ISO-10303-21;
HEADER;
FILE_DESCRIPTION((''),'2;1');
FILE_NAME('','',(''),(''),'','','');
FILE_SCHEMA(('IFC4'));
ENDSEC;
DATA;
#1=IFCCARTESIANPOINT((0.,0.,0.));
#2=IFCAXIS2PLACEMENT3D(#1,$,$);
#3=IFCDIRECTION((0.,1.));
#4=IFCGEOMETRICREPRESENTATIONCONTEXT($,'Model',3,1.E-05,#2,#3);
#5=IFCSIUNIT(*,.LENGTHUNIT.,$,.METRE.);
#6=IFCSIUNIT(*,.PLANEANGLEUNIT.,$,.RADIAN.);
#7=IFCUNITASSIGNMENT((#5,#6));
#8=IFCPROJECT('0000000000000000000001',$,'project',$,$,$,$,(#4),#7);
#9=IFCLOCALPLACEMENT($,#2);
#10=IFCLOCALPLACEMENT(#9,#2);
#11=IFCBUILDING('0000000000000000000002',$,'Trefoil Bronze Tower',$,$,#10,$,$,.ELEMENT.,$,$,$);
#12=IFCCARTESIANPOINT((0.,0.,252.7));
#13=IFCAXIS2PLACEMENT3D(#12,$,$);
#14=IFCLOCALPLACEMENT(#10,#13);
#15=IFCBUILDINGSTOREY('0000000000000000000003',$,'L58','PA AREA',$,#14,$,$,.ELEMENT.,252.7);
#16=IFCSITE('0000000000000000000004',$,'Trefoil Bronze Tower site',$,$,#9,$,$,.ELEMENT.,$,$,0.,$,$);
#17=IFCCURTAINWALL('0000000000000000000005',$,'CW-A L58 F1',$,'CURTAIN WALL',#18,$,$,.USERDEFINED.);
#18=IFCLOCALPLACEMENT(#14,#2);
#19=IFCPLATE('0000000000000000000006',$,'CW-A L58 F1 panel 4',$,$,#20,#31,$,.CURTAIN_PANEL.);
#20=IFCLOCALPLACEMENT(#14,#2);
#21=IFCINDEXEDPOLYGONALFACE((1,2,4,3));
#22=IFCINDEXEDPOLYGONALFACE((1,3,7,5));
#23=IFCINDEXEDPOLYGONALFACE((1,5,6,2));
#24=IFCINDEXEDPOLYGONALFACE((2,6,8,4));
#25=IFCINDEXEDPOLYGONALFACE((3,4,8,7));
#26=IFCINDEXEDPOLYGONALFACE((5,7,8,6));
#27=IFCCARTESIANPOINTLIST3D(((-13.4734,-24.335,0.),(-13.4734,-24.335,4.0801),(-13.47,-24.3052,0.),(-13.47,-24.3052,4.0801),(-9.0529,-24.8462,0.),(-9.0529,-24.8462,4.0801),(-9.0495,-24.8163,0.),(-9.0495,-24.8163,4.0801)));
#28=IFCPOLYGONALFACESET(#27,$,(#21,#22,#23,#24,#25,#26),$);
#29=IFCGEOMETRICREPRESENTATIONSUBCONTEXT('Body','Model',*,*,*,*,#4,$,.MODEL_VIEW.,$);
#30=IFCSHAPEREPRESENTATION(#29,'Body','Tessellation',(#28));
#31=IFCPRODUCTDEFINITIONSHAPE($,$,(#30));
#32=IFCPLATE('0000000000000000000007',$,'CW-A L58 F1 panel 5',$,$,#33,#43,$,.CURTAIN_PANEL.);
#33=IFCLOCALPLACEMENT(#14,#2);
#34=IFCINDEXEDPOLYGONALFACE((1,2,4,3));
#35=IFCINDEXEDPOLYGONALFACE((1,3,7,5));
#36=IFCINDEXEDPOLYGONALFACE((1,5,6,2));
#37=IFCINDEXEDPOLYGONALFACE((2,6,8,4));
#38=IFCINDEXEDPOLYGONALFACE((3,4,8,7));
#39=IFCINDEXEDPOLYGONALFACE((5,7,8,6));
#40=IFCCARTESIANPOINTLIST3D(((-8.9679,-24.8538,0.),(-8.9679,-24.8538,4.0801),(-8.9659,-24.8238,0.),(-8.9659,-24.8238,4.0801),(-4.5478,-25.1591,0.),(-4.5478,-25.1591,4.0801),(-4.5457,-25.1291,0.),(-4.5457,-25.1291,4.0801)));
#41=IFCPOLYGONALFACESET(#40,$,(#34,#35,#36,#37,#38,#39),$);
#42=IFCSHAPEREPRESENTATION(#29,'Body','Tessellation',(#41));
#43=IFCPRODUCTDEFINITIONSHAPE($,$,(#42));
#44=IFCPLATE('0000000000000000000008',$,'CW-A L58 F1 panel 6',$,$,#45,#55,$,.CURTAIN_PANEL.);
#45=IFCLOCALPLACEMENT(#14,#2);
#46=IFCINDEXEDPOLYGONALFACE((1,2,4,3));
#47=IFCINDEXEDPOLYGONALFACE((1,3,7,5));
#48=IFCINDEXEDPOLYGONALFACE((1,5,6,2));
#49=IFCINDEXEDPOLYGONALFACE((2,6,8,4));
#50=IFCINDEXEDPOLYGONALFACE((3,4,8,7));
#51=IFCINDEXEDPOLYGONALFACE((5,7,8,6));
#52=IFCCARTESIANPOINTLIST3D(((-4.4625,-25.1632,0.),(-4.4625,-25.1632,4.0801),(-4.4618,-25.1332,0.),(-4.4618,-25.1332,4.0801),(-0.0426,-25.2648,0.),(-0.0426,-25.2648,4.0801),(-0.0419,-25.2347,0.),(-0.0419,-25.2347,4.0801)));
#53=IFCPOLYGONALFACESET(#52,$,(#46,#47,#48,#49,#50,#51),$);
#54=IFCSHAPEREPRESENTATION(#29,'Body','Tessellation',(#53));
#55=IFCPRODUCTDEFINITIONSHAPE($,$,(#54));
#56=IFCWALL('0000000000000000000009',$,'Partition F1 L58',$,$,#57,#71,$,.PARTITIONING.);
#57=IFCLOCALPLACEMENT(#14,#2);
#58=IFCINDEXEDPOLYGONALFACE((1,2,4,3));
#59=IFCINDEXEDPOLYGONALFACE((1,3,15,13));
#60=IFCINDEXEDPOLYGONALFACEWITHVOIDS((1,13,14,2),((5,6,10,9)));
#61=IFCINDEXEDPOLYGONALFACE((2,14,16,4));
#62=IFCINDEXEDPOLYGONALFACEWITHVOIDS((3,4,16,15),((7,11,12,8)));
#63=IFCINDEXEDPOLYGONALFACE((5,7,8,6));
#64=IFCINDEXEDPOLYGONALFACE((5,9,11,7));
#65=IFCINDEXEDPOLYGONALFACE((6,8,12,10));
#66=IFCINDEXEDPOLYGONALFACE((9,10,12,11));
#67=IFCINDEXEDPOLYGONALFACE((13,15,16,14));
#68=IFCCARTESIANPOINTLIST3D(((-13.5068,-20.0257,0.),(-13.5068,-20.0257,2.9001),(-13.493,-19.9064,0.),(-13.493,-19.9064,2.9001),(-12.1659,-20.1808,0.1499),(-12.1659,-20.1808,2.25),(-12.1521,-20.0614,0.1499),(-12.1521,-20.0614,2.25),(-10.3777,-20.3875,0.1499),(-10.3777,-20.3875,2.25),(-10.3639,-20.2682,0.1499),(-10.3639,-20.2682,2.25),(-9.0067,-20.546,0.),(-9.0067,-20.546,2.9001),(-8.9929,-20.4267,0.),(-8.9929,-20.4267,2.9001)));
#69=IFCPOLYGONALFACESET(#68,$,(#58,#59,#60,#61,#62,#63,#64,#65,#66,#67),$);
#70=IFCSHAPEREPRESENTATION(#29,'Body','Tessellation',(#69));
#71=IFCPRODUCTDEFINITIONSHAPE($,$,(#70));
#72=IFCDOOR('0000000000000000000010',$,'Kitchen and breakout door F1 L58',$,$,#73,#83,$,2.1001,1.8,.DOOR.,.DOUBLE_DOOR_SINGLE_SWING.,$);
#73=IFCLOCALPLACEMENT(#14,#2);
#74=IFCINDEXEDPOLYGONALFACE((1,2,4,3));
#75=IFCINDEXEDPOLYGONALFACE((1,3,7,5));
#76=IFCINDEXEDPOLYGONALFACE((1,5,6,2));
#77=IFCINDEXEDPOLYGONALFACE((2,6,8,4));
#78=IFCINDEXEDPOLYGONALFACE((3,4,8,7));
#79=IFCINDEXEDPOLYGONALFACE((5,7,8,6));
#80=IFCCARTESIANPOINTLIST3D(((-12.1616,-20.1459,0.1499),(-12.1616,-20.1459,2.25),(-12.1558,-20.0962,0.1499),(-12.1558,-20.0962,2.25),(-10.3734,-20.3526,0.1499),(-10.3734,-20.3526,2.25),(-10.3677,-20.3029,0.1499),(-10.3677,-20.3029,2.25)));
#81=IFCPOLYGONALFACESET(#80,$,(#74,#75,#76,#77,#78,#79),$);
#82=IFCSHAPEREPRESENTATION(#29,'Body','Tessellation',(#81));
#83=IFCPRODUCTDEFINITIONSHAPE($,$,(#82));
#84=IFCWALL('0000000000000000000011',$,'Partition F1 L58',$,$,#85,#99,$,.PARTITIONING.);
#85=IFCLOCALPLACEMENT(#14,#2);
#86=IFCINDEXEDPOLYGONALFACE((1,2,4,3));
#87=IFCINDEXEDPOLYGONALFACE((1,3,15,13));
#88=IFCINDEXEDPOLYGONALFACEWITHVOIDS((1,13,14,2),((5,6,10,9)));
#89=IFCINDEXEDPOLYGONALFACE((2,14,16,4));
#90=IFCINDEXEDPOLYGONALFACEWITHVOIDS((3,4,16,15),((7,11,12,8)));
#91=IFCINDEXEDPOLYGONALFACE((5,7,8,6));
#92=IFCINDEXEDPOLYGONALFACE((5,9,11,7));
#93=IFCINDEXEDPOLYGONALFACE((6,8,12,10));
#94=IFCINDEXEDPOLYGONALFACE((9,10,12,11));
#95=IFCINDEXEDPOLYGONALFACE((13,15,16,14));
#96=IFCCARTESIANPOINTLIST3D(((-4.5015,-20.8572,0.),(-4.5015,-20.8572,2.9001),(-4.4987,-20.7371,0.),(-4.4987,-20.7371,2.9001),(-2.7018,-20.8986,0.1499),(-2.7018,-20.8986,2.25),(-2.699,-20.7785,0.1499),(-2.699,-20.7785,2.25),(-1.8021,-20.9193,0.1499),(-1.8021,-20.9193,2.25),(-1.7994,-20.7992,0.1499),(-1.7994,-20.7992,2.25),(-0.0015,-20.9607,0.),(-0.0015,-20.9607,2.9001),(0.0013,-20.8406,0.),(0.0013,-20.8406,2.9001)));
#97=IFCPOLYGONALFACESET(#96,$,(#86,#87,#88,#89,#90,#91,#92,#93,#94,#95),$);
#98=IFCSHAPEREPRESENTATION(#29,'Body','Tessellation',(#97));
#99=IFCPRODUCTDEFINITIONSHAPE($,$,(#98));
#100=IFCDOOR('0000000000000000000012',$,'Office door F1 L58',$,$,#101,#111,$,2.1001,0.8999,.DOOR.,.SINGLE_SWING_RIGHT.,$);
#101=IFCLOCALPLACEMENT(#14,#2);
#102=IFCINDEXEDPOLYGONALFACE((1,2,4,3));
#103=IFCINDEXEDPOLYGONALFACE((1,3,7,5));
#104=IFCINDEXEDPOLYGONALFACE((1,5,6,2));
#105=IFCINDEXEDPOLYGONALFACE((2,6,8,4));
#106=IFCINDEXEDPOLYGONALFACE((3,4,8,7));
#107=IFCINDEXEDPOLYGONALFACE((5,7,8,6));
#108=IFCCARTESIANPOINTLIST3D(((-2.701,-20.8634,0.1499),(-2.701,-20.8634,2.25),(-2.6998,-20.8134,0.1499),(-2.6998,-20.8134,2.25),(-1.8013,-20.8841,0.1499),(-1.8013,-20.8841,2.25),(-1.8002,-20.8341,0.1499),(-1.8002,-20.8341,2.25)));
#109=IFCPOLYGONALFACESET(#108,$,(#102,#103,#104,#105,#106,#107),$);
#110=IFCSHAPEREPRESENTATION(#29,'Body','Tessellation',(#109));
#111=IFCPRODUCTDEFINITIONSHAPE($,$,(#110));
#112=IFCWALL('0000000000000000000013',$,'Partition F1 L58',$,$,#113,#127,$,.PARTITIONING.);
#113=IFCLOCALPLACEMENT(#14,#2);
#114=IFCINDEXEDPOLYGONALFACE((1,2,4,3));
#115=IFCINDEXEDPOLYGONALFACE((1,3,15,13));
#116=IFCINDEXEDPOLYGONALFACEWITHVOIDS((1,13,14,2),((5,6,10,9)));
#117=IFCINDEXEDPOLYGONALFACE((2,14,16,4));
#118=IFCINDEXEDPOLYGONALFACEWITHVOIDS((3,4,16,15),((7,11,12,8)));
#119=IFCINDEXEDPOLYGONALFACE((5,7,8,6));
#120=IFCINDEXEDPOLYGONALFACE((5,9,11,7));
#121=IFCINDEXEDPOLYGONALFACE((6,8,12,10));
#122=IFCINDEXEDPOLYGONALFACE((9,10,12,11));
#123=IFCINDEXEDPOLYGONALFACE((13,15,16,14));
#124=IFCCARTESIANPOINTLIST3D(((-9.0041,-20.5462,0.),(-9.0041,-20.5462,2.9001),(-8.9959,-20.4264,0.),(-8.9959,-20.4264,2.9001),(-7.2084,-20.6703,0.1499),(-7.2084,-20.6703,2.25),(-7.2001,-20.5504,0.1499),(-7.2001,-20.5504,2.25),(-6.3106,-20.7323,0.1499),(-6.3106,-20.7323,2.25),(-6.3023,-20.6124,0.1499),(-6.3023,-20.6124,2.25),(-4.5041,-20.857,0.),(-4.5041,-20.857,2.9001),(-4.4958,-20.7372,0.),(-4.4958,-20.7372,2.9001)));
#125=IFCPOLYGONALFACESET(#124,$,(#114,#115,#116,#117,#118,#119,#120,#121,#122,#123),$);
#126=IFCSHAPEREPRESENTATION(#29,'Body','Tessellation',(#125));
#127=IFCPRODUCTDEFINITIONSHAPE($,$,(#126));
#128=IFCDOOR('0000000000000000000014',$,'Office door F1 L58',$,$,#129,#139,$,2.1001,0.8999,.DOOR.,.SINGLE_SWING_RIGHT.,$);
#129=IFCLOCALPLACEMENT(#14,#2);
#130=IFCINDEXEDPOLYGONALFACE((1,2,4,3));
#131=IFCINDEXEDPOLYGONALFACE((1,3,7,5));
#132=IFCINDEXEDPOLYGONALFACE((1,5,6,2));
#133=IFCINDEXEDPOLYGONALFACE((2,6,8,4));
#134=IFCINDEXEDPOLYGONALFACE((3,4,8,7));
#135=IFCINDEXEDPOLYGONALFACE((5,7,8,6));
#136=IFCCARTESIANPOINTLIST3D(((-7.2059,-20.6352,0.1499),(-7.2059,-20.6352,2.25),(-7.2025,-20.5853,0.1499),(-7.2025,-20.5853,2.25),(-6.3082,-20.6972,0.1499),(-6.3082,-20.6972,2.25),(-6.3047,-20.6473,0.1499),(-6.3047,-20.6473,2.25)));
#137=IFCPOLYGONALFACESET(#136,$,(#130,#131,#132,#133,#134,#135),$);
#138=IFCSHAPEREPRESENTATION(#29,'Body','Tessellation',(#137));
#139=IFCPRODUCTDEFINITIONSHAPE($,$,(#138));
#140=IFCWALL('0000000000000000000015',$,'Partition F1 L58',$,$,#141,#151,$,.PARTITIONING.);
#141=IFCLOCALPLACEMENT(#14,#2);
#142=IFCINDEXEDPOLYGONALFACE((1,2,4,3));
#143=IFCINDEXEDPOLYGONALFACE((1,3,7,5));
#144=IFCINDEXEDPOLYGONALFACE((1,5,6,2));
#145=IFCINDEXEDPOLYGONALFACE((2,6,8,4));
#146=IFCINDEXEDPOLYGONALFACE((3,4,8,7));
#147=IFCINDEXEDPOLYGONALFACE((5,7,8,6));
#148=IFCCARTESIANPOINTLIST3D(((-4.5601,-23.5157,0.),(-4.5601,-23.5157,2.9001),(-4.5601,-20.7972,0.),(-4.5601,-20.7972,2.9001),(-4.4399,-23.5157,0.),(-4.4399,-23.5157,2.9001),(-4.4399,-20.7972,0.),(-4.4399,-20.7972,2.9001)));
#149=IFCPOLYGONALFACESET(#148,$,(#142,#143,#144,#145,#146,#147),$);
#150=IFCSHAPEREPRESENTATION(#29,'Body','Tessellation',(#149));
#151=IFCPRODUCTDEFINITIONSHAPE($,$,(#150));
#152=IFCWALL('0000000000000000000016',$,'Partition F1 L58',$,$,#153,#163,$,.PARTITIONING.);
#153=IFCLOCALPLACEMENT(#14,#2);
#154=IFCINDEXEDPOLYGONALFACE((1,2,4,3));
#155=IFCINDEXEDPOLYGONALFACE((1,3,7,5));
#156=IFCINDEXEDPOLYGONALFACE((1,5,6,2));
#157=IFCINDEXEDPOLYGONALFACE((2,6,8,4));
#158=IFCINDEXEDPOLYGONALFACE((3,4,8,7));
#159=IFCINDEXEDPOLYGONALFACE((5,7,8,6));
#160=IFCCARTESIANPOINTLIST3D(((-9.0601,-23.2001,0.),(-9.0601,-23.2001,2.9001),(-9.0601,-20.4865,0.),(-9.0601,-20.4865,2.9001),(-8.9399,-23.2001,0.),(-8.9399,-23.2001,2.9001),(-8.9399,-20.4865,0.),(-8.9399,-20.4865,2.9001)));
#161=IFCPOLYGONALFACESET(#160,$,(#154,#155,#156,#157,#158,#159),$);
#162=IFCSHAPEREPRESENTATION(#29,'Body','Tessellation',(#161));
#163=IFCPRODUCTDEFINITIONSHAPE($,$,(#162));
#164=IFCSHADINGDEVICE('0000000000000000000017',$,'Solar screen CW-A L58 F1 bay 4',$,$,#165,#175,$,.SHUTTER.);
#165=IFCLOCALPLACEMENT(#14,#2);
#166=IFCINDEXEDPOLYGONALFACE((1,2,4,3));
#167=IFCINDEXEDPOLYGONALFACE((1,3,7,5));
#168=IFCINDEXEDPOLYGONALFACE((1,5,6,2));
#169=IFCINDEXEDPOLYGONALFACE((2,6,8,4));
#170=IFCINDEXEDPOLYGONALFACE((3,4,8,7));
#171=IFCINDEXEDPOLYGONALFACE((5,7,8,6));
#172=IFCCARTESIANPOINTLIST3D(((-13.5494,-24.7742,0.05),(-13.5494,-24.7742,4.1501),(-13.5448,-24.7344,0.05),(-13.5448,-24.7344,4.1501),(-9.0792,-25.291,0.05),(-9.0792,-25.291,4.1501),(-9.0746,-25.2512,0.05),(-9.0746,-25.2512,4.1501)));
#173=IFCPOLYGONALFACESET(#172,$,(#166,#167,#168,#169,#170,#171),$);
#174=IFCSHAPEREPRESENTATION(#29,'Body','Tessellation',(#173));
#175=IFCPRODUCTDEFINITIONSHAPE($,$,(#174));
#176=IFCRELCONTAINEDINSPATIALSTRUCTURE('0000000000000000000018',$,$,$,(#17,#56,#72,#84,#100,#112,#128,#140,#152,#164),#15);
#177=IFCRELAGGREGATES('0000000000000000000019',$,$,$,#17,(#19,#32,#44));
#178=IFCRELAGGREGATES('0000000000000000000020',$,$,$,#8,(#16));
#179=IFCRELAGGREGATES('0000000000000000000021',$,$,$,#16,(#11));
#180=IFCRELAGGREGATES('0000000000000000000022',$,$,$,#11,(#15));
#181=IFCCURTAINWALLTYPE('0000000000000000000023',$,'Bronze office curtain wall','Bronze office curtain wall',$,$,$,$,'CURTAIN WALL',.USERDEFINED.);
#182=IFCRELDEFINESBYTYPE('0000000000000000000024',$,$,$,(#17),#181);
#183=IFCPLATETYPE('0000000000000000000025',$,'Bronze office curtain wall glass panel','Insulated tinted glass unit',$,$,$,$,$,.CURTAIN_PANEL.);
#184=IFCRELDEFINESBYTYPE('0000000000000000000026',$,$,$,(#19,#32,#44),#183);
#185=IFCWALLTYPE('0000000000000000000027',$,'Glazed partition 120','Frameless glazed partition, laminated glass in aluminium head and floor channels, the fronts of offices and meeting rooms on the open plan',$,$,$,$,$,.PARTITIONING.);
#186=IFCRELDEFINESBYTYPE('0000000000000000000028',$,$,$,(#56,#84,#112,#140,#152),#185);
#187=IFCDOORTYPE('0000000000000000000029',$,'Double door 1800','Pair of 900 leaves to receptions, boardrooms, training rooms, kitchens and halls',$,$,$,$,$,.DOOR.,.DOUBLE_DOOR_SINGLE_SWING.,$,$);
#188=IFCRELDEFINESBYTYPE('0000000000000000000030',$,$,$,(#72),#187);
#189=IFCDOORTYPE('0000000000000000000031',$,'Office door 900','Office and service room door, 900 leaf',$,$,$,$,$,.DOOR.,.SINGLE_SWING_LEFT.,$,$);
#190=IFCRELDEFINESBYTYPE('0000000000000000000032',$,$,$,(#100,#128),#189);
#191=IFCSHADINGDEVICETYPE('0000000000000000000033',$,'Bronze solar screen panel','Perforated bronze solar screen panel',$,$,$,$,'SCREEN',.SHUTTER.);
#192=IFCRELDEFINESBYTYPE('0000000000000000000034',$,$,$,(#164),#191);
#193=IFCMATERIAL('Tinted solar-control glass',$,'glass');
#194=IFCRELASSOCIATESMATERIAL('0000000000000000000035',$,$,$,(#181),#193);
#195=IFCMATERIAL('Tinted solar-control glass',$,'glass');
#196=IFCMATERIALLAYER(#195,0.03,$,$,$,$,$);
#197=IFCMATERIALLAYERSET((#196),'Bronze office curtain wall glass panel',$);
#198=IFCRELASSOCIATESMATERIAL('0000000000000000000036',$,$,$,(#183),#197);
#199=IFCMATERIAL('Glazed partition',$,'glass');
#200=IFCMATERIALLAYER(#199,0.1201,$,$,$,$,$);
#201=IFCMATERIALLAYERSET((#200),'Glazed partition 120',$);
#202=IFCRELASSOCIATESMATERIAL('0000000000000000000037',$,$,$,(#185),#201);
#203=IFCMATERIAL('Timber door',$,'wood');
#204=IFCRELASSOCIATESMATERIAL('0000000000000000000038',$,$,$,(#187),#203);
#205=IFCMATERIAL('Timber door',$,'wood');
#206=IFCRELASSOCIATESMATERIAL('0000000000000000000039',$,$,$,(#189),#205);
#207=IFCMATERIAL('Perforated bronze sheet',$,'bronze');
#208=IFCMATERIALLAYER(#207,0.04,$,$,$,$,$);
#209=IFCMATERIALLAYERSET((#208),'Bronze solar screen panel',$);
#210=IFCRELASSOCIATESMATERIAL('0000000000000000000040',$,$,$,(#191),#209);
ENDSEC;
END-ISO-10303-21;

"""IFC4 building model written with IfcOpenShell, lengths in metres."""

from ifc_helpers import new_model, si_unit, direction, frame, frame_2d, origin, origin_2d, place, context, subcontext, project, spatial, rectangle, extrude, material, layer, layer_set, type_object, element, fill, aggregate, save


model = new_model("IFC4")

# Units and contexts
model_context = context("Model", 3, precision=1e-05, world=origin(), true_north=direction((0.0, 1.0)))
body_context = subcontext(model_context, "Body", "Model", "MODEL_VIEW")
ifc_project = project(units=[si_unit("LENGTHUNIT", "METRE"), si_unit("PLANEANGLEUNIT", "RADIAN")], contexts=[model_context])

# Site, building, storey
site_placement = place(None, origin())
site = spatial("IfcSite", under=ifc_project, at=site_placement, Name="Trefoil Bronze Tower site", CompositionType="ELEMENT", RefElevation=0.0)
building_placement = place(site_placement, origin())
building = spatial("IfcBuilding", under=site, at=building_placement, Name="Trefoil Bronze Tower", CompositionType="ELEMENT")
storey_placement = place(building_placement, frame((0.0, 0.0, 252.7)))
storey = spatial("IfcBuildingStorey", under=building, at=storey_placement, Name="L58", Description="PA AREA", CompositionType="ELEMENT", Elevation=252.7)

# Curtain wall
ifc_material_1 = material(Name="Tinted solar-control glass", Category="glass")
curtain_wall_type = type_object("IfcCurtainWallType", Name="Bronze office curtain wall", Description="Bronze office curtain wall", ElementType="CURTAIN WALL", PredefinedType="USERDEFINED", material=ifc_material_1)
curtain_wall_placement = place(storey_placement, origin())
curtain_wall = element("IfcCurtainWall", 1, at=curtain_wall_placement, inside=storey, type_object=curtain_wall_type, Name="CW-A L58 F1", ObjectType="CURTAIN WALL", PredefinedType="USERDEFINED")

# Plates
ifc_material_2 = material(Name="Tinted solar-control glass", Category="glass")
ifc_layer_1 = layer(ifc_material_2, 0.03)
ifc_layer_set_1 = layer_set([ifc_layer_1], Name="Bronze office curtain wall glass panel")
plate_type = type_object("IfcPlateType", Name="Bronze office curtain wall glass panel", Description="Insulated tinted glass unit", PredefinedType="CURTAIN_PANEL", material=ifc_layer_set_1)
plate_1_placement = place(storey_placement, frame((-11.2615, -24.5757, 0.0), z_axis=(0.0, 0.0, 1.0), x_axis=(0.993382, -0.114859, 0.0)))
plate_1 = element("IfcPlate", 2, at=plate_1_placement, type_object=plate_type, Name="CW-A L58 F1 panel 4", PredefinedType="CURTAIN_PANEL", context=body_context, shape_type="SweptSolid", body=[
    extrude(rectangle(XDim=4.45, YDim=0.03, at=origin_2d()), origin(), (0.0, 0.0, 1.0), 4.0801),
])
plate_2_placement = place(storey_placement, frame((-6.7568, -24.9915, 0.0), z_axis=(0.0, 0.0, 1.0), x_axis=(0.997623, -0.068915, 0.0)))
plate_2 = element("IfcPlate", 3, at=plate_2_placement, type_object=plate_type, Name="CW-A L58 F1 panel 5", PredefinedType="CURTAIN_PANEL", context=body_context, shape_type="SweptSolid", body=[
    extrude(rectangle(XDim=4.4307, YDim=0.03, at=origin_2d()), origin(), (0.0, 0.0, 1.0), 4.0801),
])
plate_3_placement = place(storey_placement, frame((-2.2522, -25.199, 0.0), z_axis=(0.0, 0.0, 1.0), x_axis=(0.999736, -0.022972, 0.0)))
plate_3 = element("IfcPlate", 4, at=plate_3_placement, type_object=plate_type, Name="CW-A L58 F1 panel 6", PredefinedType="CURTAIN_PANEL", context=body_context, shape_type="SweptSolid", body=[
    extrude(rectangle(XDim=4.4211, YDim=0.03, at=origin_2d()), origin(), (0.0, 0.0, 1.0), 4.0801),
])
aggregate(curtain_wall, [plate_1, plate_2, plate_3])

# Walls, openings, doors
ifc_material_3 = material(Name="Glazed partition", Category="glass")
ifc_layer_2 = layer(ifc_material_3, 0.1201)
ifc_layer_set_2 = layer_set([ifc_layer_2], Name="Glazed partition 120")
wall_type = type_object("IfcWallType", Name="Glazed partition 120", Description="Frameless glazed partition, laminated glass in aluminium head and floor channels, the fronts of offices and meeting rooms on the open plan", PredefinedType="PARTITIONING", material=ifc_layer_set_2)
wall_1_placement = place(storey_placement, frame((-13.5, -19.9661, 0.0), z_axis=(0.0, 0.0, 1.0), x_axis=(0.993383, -0.114849, 0.0)))
wall_1 = element("IfcWall", 5, at=wall_1_placement, inside=storey, type_object=wall_type, Name="Partition F1 L58", PredefinedType="PARTITIONING", context=body_context, shape_type="SweptSolid", body=[
    extrude(rectangle(XDim=4.53, YDim=0.1201, at=frame_2d((2.2651, 0.0))), origin(), (0.0, 0.0, 1.0), 2.9001),
])
opening_1_placement = place(wall_1_placement, frame((1.3501, 0.0, 0.1499)))
opening_1 = element("IfcOpeningElement", 6, at=opening_1_placement, cuts=wall_1, PredefinedType="OPENING", context=body_context, shape_type="SweptSolid", body=[
    extrude(rectangle(XDim=1.8, YDim=2.1001, at=frame_2d((0.8999, 1.05))), frame((0.0, 0.0701, 0.0), z_axis=(0.0, -1.0, 0.0), x_axis=(1.0, 0.0, 0.0)), (0.0, 0.0, 1.0), 0.1401),
])
ifc_material_4 = material(Name="Timber door", Category="wood")
door_type_1 = type_object("IfcDoorType", Name="Double door 1800", Description="Pair of 900 leaves to receptions, boardrooms, training rooms, kitchens and halls", OperationType="DOUBLE_DOOR_SINGLE_SWING", PredefinedType="DOOR", material=ifc_material_4)
door_1_placement = place(opening_1_placement, frame((1.8, 0.0, 0.0), z_axis=(0.0, 0.0, 1.0), x_axis=(-1.0, 0.0, 0.0)))
door_1 = element("IfcDoor", 7, at=door_1_placement, inside=storey, type_object=door_type_1, Name="Kitchen and breakout door F1 L58", OperationType="DOUBLE_DOOR_SINGLE_SWING", OverallHeight=2.1001, OverallWidth=1.8, PredefinedType="DOOR", context=body_context, shape_type="SweptSolid", body=[
    extrude(rectangle(XDim=1.8, YDim=2.1001, at=frame_2d((0.8999, 1.05))), frame((0.0, 0.0249, 0.0), z_axis=(0.0, -1.0, 0.0), x_axis=(1.0, 0.0, 0.0)), (0.0, 0.0, 1.0), 0.05),
])
fill(opening_1, door_1)
wall_2_placement = place(storey_placement, frame((-4.5, -20.7971, 0.0), z_axis=(0.0, 0.0, 1.0), x_axis=(0.999736, -0.022997, 0.0)))
wall_2 = element("IfcWall", 8, at=wall_2_placement, inside=storey, type_object=wall_type, Name="Partition F1 L58", PredefinedType="PARTITIONING", context=body_context, shape_type="SweptSolid", body=[
    extrude(rectangle(XDim=4.5012, YDim=0.1201, at=frame_2d((2.2505, 0.0))), origin(), (0.0, 0.0, 1.0), 2.9001),
])
opening_2_placement = place(wall_2_placement, frame((1.8, 0.0, 0.1499)))
opening_2 = element("IfcOpeningElement", 9, at=opening_2_placement, cuts=wall_2, PredefinedType="OPENING", context=body_context, shape_type="SweptSolid", body=[
    extrude(rectangle(XDim=0.8999, YDim=2.1001, at=frame_2d((0.45, 1.05))), frame((0.0, 0.0701, 0.0), z_axis=(0.0, -1.0, 0.0), x_axis=(1.0, 0.0, 0.0)), (0.0, 0.0, 1.0), 0.1401),
])
ifc_material_5 = material(Name="Timber door", Category="wood")
door_type_2 = type_object("IfcDoorType", Name="Office door 900", Description="Office and service room door, 900 leaf", OperationType="SINGLE_SWING_LEFT", PredefinedType="DOOR", material=ifc_material_5)
door_2_placement = place(opening_2_placement, frame((0.8999, 0.0, 0.0), z_axis=(0.0, 0.0, 1.0), x_axis=(-1.0, 0.0, 0.0)))
door_2 = element("IfcDoor", 10, at=door_2_placement, inside=storey, type_object=door_type_2, Name="Office door F1 L58", OperationType="SINGLE_SWING_RIGHT", OverallHeight=2.1001, OverallWidth=0.8999, PredefinedType="DOOR", context=body_context, shape_type="SweptSolid", body=[
    extrude(rectangle(XDim=0.8999, YDim=2.1001, at=frame_2d((0.45, 1.05))), frame((0.0, 0.0249, 0.0), z_axis=(0.0, -1.0, 0.0), x_axis=(1.0, 0.0, 0.0)), (0.0, 0.0, 1.0), 0.05),
])
fill(opening_2, door_2)
wall_3_placement = place(storey_placement, frame((-9.0, -20.4863, 0.0), z_axis=(0.0, 0.0, 1.0), x_axis=(0.997624, -0.068901, 0.0)))
wall_3 = element("IfcWall", 11, at=wall_3_placement, inside=storey, type_object=wall_type, Name="Partition F1 L58", PredefinedType="PARTITIONING", context=body_context, shape_type="SweptSolid", body=[
    extrude(rectangle(XDim=4.5107, YDim=0.1201, at=frame_2d((2.2554, 0.0))), origin(), (0.0, 0.0, 1.0), 2.9001),
])
opening_3_placement = place(wall_3_placement, frame((1.8, 0.0, 0.1499)))
opening_3 = element("IfcOpeningElement", 12, at=opening_3_placement, cuts=wall_3, PredefinedType="OPENING", context=body_context, shape_type="SweptSolid", body=[
    extrude(rectangle(XDim=0.8999, YDim=2.1001, at=frame_2d((0.45, 1.05))), frame((0.0, 0.0701, 0.0), z_axis=(0.0, -1.0, 0.0), x_axis=(1.0, 0.0, 0.0)), (0.0, 0.0, 1.0), 0.1401),
])
door_3_placement = place(opening_3_placement, frame((0.8999, 0.0, 0.0), z_axis=(0.0, 0.0, 1.0), x_axis=(-1.0, 0.0, 0.0)))
door_3 = element("IfcDoor", 13, at=door_3_placement, inside=storey, type_object=door_type_2, Name="Office door F1 L58", OperationType="SINGLE_SWING_RIGHT", OverallHeight=2.1001, OverallWidth=0.8999, PredefinedType="DOOR", context=body_context, shape_type="SweptSolid", body=[
    extrude(rectangle(XDim=0.8999, YDim=2.1001, at=frame_2d((0.45, 1.05))), frame((0.0, 0.0249, 0.0), z_axis=(0.0, -1.0, 0.0), x_axis=(1.0, 0.0, 0.0)), (0.0, 0.0, 1.0), 0.05),
])
fill(opening_3, door_3)

# Walls
wall_4_placement = place(storey_placement, frame((-4.5, -20.7971, 0.0), z_axis=(0.0, 0.0, 1.0), x_axis=(0.0, -1.0, 0.0)))
element("IfcWall", 14, at=wall_4_placement, inside=storey, type_object=wall_type, Name="Partition F1 L58", PredefinedType="PARTITIONING", context=body_context, shape_type="SweptSolid", body=[
    extrude(rectangle(XDim=2.7185, YDim=0.1201, at=frame_2d((1.3594, 0.0))), origin(), (0.0, 0.0, 1.0), 2.9001),
])
wall_5_placement = place(storey_placement, frame((-9.0, -20.4863, 0.0), z_axis=(0.0, 0.0, 1.0), x_axis=(0.0, -1.0, 0.0)))
element("IfcWall", 15, at=wall_5_placement, inside=storey, type_object=wall_type, Name="Partition F1 L58", PredefinedType="PARTITIONING", context=body_context, shape_type="SweptSolid", body=[
    extrude(rectangle(XDim=2.7136, YDim=0.1201, at=frame_2d((1.3569, 0.0))), origin(), (0.0, 0.0, 1.0), 2.9001),
])

# Shading device
ifc_material_6 = material(Name="Perforated bronze sheet", Category="bronze")
ifc_layer_3 = layer(ifc_material_6, 0.04)
ifc_layer_set_3 = layer_set([ifc_layer_3], Name="Bronze solar screen panel")
shading_device_type = type_object("IfcShadingDeviceType", Name="Bronze solar screen panel", Description="Perforated bronze solar screen panel", ElementType="SCREEN", PredefinedType="SHUTTER", material=ifc_layer_set_3)
shading_device_1_placement = place(storey_placement, frame((-11.312, -25.0127, 0.05), z_axis=(0.0, 0.0, 1.0), x_axis=(0.993382, -0.114859, 0.0)))
element("IfcShadingDevice", 16, at=shading_device_1_placement, inside=storey, type_object=shading_device_type, Name="Solar screen CW-A L58 F1 bay 4", PredefinedType="SHUTTER", context=body_context, shape_type="SweptSolid", body=[
    extrude(rectangle(XDim=4.5, YDim=0.04, at=origin_2d()), origin(), (0.0, 0.0, 1.0), 4.1001),
])

save(model, "model.ifc")
